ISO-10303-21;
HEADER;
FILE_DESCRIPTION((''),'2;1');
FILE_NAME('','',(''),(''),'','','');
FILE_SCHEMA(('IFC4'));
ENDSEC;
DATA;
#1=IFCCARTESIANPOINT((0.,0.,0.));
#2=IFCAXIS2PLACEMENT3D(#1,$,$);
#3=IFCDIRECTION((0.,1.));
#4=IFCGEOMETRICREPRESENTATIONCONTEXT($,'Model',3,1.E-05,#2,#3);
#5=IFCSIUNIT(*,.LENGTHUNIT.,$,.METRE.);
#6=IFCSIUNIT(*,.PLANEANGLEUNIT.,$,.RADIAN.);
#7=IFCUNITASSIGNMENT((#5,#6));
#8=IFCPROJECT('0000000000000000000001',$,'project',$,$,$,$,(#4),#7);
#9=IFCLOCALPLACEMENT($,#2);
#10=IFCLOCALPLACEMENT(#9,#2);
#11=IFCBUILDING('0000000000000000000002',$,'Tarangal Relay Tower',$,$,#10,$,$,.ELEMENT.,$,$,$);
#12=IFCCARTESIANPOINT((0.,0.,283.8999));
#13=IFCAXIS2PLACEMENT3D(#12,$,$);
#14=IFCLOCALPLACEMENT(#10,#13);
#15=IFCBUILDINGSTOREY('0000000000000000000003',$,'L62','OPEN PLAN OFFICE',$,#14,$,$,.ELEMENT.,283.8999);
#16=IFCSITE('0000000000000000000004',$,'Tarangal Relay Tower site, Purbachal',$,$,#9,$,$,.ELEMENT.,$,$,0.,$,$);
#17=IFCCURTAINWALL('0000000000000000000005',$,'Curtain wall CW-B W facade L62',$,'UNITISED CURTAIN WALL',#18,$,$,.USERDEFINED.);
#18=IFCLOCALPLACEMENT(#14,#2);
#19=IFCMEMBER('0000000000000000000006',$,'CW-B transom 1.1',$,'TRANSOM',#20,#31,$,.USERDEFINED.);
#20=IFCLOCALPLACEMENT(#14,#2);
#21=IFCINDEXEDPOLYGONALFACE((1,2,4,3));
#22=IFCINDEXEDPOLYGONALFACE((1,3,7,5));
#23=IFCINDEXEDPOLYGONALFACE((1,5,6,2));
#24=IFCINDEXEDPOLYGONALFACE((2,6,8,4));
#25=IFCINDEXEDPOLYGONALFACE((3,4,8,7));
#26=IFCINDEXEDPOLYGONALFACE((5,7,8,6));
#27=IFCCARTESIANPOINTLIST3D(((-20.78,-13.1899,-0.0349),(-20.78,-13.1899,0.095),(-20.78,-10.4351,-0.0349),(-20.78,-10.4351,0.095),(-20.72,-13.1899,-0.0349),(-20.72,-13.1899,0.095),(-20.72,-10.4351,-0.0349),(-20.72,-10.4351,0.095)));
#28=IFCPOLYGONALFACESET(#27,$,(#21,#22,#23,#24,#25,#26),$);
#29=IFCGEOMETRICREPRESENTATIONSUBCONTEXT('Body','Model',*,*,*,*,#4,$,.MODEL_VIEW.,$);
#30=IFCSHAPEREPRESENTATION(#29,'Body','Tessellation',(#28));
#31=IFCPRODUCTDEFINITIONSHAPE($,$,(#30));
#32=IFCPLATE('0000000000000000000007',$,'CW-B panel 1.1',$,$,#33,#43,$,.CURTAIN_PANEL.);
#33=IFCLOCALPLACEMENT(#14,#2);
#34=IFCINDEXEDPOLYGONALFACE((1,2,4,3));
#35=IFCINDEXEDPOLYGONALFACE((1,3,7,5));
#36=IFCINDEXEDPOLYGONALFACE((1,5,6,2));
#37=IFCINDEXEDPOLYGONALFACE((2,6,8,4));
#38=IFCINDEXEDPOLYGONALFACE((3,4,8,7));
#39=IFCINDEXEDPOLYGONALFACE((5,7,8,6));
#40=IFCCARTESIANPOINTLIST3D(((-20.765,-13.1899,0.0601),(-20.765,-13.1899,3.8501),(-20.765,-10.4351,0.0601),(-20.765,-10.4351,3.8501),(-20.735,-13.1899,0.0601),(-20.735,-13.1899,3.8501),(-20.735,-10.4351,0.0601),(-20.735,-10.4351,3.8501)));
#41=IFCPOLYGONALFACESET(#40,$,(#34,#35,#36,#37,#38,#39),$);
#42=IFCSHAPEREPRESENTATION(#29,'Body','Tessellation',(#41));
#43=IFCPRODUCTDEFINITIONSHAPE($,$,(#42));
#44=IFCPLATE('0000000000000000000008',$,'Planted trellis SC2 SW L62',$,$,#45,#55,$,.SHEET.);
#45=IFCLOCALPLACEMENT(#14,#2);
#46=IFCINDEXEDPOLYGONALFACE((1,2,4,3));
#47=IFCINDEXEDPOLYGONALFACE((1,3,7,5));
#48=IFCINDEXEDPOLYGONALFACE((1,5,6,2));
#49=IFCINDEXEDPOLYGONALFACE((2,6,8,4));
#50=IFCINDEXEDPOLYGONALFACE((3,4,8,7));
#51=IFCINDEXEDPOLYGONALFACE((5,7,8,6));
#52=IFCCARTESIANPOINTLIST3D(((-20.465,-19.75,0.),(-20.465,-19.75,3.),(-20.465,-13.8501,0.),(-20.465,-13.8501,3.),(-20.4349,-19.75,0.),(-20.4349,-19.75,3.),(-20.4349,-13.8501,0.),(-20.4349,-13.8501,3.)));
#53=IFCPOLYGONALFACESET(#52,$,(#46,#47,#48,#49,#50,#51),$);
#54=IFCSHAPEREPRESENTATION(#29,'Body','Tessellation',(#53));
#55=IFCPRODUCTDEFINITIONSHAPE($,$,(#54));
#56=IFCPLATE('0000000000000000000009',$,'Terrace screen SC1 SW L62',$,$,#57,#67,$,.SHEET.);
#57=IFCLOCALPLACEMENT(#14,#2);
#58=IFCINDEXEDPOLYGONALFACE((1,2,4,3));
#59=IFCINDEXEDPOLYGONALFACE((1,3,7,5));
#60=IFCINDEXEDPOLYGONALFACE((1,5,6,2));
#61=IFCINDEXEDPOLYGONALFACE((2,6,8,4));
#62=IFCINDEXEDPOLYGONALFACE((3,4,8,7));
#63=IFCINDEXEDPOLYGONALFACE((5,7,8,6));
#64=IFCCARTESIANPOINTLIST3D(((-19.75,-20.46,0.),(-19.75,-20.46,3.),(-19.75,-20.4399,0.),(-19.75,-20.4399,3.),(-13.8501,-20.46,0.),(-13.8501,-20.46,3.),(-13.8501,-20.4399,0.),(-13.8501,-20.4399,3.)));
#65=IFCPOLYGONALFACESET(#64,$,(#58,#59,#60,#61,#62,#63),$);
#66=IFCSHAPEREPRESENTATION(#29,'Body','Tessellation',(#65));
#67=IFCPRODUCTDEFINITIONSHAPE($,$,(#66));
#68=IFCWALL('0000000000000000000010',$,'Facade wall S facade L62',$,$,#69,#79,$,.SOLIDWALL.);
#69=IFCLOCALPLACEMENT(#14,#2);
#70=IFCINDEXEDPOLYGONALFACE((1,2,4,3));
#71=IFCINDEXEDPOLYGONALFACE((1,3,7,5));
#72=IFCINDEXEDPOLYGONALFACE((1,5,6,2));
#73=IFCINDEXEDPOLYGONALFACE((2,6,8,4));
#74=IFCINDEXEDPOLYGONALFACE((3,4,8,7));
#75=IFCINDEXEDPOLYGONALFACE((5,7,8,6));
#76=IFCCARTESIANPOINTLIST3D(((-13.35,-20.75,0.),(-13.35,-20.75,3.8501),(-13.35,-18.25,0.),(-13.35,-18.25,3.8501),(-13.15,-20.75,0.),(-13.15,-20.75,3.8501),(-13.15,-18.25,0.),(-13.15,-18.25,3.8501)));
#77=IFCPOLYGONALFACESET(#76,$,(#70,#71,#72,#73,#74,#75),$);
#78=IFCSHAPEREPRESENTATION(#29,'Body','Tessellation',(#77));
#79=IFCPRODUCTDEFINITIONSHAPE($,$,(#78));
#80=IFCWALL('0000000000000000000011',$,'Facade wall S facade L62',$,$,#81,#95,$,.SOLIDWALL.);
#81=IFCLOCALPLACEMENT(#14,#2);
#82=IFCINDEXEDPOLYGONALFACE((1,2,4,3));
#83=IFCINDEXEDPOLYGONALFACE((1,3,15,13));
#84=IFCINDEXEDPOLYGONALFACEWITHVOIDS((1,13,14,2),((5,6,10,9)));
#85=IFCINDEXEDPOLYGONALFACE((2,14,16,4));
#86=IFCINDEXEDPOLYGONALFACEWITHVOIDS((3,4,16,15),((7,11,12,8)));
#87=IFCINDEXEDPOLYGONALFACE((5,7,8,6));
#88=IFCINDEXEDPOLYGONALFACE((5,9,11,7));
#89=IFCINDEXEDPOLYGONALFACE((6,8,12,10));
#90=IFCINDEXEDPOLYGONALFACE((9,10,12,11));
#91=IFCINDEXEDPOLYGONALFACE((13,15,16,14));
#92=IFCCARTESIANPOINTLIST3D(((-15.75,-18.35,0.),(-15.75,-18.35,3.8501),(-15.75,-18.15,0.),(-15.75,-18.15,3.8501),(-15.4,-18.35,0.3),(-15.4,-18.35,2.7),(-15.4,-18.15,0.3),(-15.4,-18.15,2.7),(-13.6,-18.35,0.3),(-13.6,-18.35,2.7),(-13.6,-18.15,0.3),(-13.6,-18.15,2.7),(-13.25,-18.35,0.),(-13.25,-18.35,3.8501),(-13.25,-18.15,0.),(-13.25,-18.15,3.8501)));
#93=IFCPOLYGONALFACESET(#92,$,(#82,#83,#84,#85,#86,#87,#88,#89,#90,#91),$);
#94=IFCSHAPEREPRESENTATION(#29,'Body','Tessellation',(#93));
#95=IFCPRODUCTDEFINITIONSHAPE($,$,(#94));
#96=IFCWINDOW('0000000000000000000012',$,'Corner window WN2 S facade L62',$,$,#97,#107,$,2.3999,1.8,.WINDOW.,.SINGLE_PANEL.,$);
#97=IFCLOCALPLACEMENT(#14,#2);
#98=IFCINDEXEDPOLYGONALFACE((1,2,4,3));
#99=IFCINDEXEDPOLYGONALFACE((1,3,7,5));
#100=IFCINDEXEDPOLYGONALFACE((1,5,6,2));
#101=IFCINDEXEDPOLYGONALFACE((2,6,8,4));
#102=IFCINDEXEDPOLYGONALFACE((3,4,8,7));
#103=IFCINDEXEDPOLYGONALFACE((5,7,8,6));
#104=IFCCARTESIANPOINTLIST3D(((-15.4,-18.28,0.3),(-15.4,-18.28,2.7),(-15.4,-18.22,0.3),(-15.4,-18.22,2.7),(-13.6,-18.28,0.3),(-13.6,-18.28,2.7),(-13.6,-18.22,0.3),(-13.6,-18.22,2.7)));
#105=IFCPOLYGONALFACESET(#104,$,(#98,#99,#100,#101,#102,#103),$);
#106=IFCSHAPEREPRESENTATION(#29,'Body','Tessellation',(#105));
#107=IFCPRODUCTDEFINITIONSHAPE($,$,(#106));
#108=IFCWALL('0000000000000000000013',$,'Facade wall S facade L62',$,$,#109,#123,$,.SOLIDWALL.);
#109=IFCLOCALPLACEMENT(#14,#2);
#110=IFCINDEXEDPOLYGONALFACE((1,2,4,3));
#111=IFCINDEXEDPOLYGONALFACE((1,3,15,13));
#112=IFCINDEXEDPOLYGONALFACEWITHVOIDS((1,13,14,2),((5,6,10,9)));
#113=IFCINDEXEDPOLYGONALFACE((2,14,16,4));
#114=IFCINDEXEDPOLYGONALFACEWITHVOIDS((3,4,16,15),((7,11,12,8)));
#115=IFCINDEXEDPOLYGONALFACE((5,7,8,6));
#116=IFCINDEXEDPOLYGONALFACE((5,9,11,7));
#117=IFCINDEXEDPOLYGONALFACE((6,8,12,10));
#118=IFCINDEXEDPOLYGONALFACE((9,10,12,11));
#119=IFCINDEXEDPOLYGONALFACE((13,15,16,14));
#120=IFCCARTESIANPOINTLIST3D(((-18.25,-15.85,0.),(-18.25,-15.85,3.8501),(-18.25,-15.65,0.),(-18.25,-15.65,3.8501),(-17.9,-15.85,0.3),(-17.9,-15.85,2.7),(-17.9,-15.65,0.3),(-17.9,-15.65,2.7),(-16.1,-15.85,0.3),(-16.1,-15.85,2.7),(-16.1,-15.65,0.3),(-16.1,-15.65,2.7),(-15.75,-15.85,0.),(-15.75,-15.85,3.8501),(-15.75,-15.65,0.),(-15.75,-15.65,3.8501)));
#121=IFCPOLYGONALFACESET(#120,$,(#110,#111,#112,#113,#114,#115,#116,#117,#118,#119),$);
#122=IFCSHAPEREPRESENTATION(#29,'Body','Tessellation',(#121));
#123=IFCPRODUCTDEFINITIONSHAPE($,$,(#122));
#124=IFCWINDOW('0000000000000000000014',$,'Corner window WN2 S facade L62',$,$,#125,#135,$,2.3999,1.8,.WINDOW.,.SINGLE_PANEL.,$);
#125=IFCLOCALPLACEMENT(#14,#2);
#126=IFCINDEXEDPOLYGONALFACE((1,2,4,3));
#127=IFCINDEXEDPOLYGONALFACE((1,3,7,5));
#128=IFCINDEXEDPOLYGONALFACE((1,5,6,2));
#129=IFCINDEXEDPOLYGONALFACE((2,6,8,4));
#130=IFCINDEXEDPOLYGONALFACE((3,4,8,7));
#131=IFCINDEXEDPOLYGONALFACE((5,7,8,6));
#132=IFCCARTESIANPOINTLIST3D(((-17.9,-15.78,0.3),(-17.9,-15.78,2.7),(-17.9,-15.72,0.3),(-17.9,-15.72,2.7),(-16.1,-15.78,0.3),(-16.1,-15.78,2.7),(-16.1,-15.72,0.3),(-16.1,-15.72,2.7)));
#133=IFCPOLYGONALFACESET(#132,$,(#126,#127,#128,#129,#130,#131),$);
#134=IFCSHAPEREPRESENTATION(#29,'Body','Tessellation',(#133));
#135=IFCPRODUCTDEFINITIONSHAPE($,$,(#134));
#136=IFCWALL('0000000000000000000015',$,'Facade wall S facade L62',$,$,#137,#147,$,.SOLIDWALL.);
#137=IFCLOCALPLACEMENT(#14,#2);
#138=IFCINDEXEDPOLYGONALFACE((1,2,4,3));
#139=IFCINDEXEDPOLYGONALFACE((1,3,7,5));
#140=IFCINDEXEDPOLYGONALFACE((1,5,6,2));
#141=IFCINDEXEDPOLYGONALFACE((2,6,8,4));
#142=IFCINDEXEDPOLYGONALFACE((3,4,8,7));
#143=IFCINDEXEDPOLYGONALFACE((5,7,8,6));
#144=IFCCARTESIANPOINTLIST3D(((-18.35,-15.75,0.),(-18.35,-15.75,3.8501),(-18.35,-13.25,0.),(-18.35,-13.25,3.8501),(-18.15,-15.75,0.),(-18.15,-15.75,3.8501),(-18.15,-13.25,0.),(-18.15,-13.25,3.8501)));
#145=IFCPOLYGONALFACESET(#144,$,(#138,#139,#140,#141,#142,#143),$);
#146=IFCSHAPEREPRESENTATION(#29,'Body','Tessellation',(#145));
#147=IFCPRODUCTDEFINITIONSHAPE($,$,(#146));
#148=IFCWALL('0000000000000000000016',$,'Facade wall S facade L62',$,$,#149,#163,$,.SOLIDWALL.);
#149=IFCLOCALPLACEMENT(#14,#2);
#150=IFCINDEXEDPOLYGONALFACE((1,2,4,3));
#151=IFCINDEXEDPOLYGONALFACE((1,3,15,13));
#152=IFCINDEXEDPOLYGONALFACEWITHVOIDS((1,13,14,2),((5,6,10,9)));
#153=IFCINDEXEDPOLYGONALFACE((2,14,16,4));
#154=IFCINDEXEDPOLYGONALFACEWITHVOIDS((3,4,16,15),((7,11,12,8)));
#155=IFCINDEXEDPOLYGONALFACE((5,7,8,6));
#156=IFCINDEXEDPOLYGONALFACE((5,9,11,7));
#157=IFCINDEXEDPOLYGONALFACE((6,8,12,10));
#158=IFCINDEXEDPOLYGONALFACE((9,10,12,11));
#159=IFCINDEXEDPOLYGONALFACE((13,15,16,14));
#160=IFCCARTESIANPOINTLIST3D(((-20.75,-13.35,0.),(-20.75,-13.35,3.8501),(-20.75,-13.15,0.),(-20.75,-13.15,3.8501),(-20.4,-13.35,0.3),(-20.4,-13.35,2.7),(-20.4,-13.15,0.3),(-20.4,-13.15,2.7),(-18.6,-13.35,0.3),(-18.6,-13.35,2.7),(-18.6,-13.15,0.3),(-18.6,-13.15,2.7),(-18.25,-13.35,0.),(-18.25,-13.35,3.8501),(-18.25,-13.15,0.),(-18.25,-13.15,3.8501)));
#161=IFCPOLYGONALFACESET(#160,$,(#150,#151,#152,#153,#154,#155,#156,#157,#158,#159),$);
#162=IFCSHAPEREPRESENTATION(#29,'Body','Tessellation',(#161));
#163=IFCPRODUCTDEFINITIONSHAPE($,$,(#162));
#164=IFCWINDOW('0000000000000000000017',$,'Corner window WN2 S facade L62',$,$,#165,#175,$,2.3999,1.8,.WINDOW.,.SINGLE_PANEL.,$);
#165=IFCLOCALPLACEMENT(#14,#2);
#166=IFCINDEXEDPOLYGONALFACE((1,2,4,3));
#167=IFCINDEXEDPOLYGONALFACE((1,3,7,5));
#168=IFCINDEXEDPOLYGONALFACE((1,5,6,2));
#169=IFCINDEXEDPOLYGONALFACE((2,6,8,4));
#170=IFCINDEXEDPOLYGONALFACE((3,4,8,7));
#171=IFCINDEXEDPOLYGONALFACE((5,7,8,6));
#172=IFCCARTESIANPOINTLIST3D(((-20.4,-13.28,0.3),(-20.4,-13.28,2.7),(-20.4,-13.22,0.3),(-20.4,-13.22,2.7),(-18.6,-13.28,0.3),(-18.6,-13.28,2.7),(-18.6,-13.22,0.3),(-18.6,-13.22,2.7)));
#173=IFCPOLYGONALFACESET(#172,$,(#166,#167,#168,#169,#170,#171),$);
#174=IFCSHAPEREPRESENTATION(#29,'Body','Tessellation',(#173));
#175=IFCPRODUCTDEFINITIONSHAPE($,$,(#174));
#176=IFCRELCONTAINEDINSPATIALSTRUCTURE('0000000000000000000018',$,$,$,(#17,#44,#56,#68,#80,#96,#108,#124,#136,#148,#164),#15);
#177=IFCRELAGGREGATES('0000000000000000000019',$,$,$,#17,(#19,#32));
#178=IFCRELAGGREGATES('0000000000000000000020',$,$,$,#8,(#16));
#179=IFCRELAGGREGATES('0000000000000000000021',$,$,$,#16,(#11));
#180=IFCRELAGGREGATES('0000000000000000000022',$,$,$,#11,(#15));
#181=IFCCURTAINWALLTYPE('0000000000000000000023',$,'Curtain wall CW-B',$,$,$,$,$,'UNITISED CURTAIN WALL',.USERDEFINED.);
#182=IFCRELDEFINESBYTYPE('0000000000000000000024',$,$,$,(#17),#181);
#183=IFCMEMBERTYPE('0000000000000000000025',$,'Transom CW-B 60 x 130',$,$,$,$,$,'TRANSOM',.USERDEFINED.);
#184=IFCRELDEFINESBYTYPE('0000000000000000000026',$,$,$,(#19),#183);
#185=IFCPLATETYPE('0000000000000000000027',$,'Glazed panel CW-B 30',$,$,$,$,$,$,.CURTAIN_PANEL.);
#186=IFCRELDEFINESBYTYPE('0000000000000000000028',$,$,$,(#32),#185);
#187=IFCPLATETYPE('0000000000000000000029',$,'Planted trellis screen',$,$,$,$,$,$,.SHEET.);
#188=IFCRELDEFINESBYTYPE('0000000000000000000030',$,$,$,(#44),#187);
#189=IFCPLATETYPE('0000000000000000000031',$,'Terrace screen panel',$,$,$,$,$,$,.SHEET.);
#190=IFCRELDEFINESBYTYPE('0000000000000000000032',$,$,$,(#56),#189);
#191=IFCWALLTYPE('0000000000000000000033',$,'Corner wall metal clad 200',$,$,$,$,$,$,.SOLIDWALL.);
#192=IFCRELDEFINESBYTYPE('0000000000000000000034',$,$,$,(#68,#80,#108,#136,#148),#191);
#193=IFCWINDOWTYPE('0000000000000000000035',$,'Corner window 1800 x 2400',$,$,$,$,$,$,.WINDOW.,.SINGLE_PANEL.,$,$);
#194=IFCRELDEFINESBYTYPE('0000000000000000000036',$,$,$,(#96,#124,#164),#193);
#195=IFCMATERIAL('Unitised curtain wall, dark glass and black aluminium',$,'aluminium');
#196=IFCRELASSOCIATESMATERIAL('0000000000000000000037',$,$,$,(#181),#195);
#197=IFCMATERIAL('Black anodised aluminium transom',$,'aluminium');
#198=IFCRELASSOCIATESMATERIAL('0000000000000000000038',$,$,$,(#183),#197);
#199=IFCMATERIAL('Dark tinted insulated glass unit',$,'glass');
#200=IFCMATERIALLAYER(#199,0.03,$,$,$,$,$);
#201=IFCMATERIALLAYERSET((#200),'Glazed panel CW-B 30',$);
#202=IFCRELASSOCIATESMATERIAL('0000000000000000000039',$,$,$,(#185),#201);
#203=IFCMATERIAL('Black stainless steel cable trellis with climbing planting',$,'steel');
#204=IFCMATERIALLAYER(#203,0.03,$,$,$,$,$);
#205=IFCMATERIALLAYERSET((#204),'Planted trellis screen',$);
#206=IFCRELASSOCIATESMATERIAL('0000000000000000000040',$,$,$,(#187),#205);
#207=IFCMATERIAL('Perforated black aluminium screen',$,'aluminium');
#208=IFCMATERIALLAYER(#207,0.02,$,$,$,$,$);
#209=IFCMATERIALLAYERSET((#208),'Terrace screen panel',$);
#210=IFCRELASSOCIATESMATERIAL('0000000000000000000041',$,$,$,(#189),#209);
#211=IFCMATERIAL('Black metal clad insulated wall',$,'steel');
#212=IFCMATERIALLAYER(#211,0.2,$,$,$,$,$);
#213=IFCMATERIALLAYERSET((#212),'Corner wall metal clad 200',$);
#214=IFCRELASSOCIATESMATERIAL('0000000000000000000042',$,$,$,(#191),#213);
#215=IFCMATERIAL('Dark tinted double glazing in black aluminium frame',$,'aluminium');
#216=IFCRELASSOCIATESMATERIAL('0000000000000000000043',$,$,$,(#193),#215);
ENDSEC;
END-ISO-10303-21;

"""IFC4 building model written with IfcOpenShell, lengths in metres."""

from ifc_helpers import new_model, si_unit, direction, frame, frame_2d, origin, origin_2d, place, context, subcontext, project, spatial, rectangle, extrude, material, layer, layer_set, material_profile, profile_set, type_object, element, fill, aggregate, save


model = new_model("IFC4")

# Units and contexts
model_context = context("Model", 3, precision=1e-05, world=origin(), true_north=direction((0.0, 1.0)))
body_context = subcontext(model_context, "Body", "Model", "MODEL_VIEW")
ifc_project = project(units=[si_unit("LENGTHUNIT", "METRE"), si_unit("PLANEANGLEUNIT", "RADIAN")], contexts=[model_context])

# Site, building, storey
site_placement = place(None, origin())
site = spatial("IfcSite", under=ifc_project, at=site_placement, Name="Tarangal Relay Tower site, Purbachal", CompositionType="ELEMENT", RefElevation=0.0)
building_placement = place(site_placement, origin())
building = spatial("IfcBuilding", under=site, at=building_placement, Name="Tarangal Relay Tower", CompositionType="ELEMENT")
storey_placement = place(building_placement, frame((0.0, 0.0, 283.8999)))
storey = spatial("IfcBuildingStorey", under=building, at=storey_placement, Name="L62", Description="OPEN PLAN OFFICE", CompositionType="ELEMENT", Elevation=283.8999)

# Shared definitions
ifc_material_1 = material(Name="Unitised curtain wall, dark glass and black aluminium", Category="aluminium")
curtain_wall_type_1 = type_object("IfcCurtainWallType", Name="Curtain wall CW-B", ElementType="UNITISED CURTAIN WALL", PredefinedType="USERDEFINED", material=ifc_material_1)

# Curtain wall
curtain_wall_1_placement = place(storey_placement, origin())
curtain_wall_1 = element("IfcCurtainWall", 1, at=curtain_wall_1_placement, inside=storey, type_object=curtain_wall_type_1, Name="Curtain wall CW-B W facade L62", ObjectType="UNITISED CURTAIN WALL", PredefinedType="USERDEFINED")

# Member
ifc_material_2 = material(Name="Black anodised aluminium transom", Category="aluminium")
ifc_material_profile_1 = material_profile(ifc_material_2, rectangle(XDim=0.0601, YDim=0.1299, at=origin_2d()), Name="CW-BT 60X130")
ifc_profile_set_1 = profile_set([ifc_material_profile_1], Name="Black anodised aluminium transom")
member_type_1 = type_object("IfcMemberType", Name="Transom CW-B 60 x 130", ElementType="TRANSOM", PredefinedType="USERDEFINED", material=ifc_profile_set_1)
member_1_placement = place(storey_placement, frame((-20.75, -13.1899, 0.03), z_axis=(0.0, 1.0, 0.0), x_axis=(-1.0, 0.0, 0.0)))
member_1 = element("IfcMember", 2, at=member_1_placement, type_object=member_type_1, Name="CW-B transom 1.1", ObjectType="TRANSOM", PredefinedType="USERDEFINED", context=body_context, shape_type="SweptSolid", body=[
    extrude(rectangle(XDim=0.0601, YDim=0.1299, at=origin_2d()), origin(), (0.0, 0.0, 1.0), 2.7549),
])

# Plate
ifc_material_3 = material(Name="Dark tinted insulated glass unit", Category="glass")
ifc_layer_1 = layer(ifc_material_3, 0.03)
ifc_layer_set_1 = layer_set([ifc_layer_1], Name="Glazed panel CW-B 30")
plate_type_1 = type_object("IfcPlateType", Name="Glazed panel CW-B 30", PredefinedType="CURTAIN_PANEL", material=ifc_layer_set_1)
plate_1_placement = place(storey_placement, frame((-20.75, -11.8125, 0.0601), z_axis=(0.0, 0.0, 1.0), x_axis=(0.0, 1.0, 0.0)))
plate_1 = element("IfcPlate", 3, at=plate_1_placement, type_object=plate_type_1, Name="CW-B panel 1.1", PredefinedType="CURTAIN_PANEL", context=body_context, shape_type="SweptSolid", body=[
    extrude(rectangle(XDim=2.7549, YDim=0.03, at=origin_2d()), origin(), (0.0, 0.0, 1.0), 3.79),
])
aggregate(curtain_wall_1, [member_1, plate_1])

# Plates
ifc_material_4 = material(Name="Black stainless steel cable trellis with climbing planting", Category="steel")
ifc_layer_2 = layer(ifc_material_4, 0.03)
ifc_layer_set_2 = layer_set([ifc_layer_2], Name="Planted trellis screen")
plate_type_2 = type_object("IfcPlateType", Name="Planted trellis screen", PredefinedType="SHEET", material=ifc_layer_set_2)
plate_2_placement = place(storey_placement, frame((-20.45, -16.8, 0.0), z_axis=(0.0, 0.0, 1.0), x_axis=(0.0, 1.0, 0.0)))
element("IfcPlate", 4, at=plate_2_placement, inside=storey, type_object=plate_type_2, Name="Planted trellis SC2 SW L62", PredefinedType="SHEET", context=body_context, shape_type="SweptSolid", body=[
    extrude(rectangle(XDim=5.8999, YDim=0.03, at=origin_2d()), origin(), (0.0, 0.0, 1.0), 3.0),
])
ifc_material_5 = material(Name="Perforated black aluminium screen", Category="aluminium")
ifc_layer_3 = layer(ifc_material_5, 0.02)
ifc_layer_set_3 = layer_set([ifc_layer_3], Name="Terrace screen panel")
plate_type_3 = type_object("IfcPlateType", Name="Terrace screen panel", PredefinedType="SHEET", material=ifc_layer_set_3)
plate_3_placement = place(storey_placement, frame((-16.8, -20.45, 0.0), z_axis=(0.0, 0.0, 1.0), x_axis=(-1.0, 0.0, 0.0)))
element("IfcPlate", 5, at=plate_3_placement, inside=storey, type_object=plate_type_3, Name="Terrace screen SC1 SW L62", PredefinedType="SHEET", context=body_context, shape_type="SweptSolid", body=[
    extrude(rectangle(XDim=5.8999, YDim=0.02, at=origin_2d()), origin(), (0.0, 0.0, 1.0), 3.0),
])

# Wall
ifc_material_6 = material(Name="Black metal clad insulated wall", Category="steel")
ifc_layer_4 = layer(ifc_material_6, 0.2)
ifc_layer_set_4 = layer_set([ifc_layer_4], Name="Corner wall metal clad 200")
wall_type_1 = type_object("IfcWallType", Name="Corner wall metal clad 200", PredefinedType="SOLIDWALL", material=ifc_layer_set_4)
wall_1_placement = place(storey_placement, frame((-13.25, -20.75, 0.0), z_axis=(0.0, 0.0, 1.0), x_axis=(0.0, 1.0, 0.0)))
element("IfcWall", 6, at=wall_1_placement, inside=storey, type_object=wall_type_1, Name="Facade wall S facade L62", PredefinedType="SOLIDWALL", context=body_context, shape_type="SweptSolid", body=[
    extrude(rectangle(XDim=2.5, YDim=0.2, at=frame_2d((1.25, 0.0))), origin(), (0.0, 0.0, 1.0), 3.8501),
])

# Wall, opening, window
wall_2_placement = place(storey_placement, frame((-13.25, -18.25, 0.0), z_axis=(0.0, 0.0, 1.0), x_axis=(-1.0, 0.0, 0.0)))
wall_2 = element("IfcWall", 7, at=wall_2_placement, inside=storey, type_object=wall_type_1, Name="Facade wall S facade L62", PredefinedType="SOLIDWALL", context=body_context, shape_type="SweptSolid", body=[
    extrude(rectangle(XDim=2.5, YDim=0.2, at=frame_2d((1.25, 0.0))), origin(), (0.0, 0.0, 1.0), 3.8501),
])
opening_1_placement = place(wall_2_placement, frame((0.3501, 0.0, 0.3)))
opening_1 = element("IfcOpeningElement", 8, at=opening_1_placement, cuts=wall_2, PredefinedType="OPENING", context=body_context, shape_type="SweptSolid", body=[
    extrude(rectangle(XDim=1.8, YDim=2.3999, at=frame_2d((0.8999, 1.2))), frame((0.0, 0.1099, 0.0), z_axis=(0.0, -1.0, 0.0), x_axis=(1.0, 0.0, 0.0)), (0.0, 0.0, 1.0), 0.22),
])
ifc_material_7 = material(Name="Dark tinted double glazing in black aluminium frame", Category="aluminium")
window_type = type_object("IfcWindowType", Name="Corner window 1800 x 2400", PartitioningType="SINGLE_PANEL", PredefinedType="WINDOW", material=ifc_material_7)
window_1_placement = place(opening_1_placement, origin())
window_1 = element("IfcWindow", 9, at=window_1_placement, inside=storey, type_object=window_type, Name="Corner window WN2 S facade L62", OverallHeight=2.3999, OverallWidth=1.8, PartitioningType="SINGLE_PANEL", PredefinedType="WINDOW", context=body_context, shape_type="SweptSolid", body=[
    extrude(rectangle(XDim=1.8, YDim=2.3999, at=frame_2d((0.8999, 1.2))), frame((0.0, 0.03, 0.0), z_axis=(0.0, -1.0, 0.0), x_axis=(1.0, 0.0, 0.0)), (0.0, 0.0, 1.0), 0.0601),
])
fill(opening_1, window_1)

# Wall, opening, window
wall_3_placement = place(storey_placement, frame((-15.75, -15.75, 0.0), z_axis=(0.0, 0.0, 1.0), x_axis=(-1.0, 0.0, 0.0)))
wall_3 = element("IfcWall", 10, at=wall_3_placement, inside=storey, type_object=wall_type_1, Name="Facade wall S facade L62", PredefinedType="SOLIDWALL", context=body_context, shape_type="SweptSolid", body=[
    extrude(rectangle(XDim=2.5, YDim=0.2, at=frame_2d((1.25, 0.0))), origin(), (0.0, 0.0, 1.0), 3.8501),
])
opening_2_placement = place(wall_3_placement, frame((0.3501, 0.0, 0.3)))
opening_2 = element("IfcOpeningElement", 11, at=opening_2_placement, cuts=wall_3, PredefinedType="OPENING", context=body_context, shape_type="SweptSolid", body=[
    extrude(rectangle(XDim=1.8, YDim=2.3999, at=frame_2d((0.8999, 1.2))), frame((0.0, 0.1099, 0.0), z_axis=(0.0, -1.0, 0.0), x_axis=(1.0, 0.0, 0.0)), (0.0, 0.0, 1.0), 0.22),
])
window_2_placement = place(opening_2_placement, origin())
window_2 = element("IfcWindow", 12, at=window_2_placement, inside=storey, type_object=window_type, Name="Corner window WN2 S facade L62", OverallHeight=2.3999, OverallWidth=1.8, PartitioningType="SINGLE_PANEL", PredefinedType="WINDOW", context=body_context, shape_type="SweptSolid", body=[
    extrude(rectangle(XDim=1.8, YDim=2.3999, at=frame_2d((0.8999, 1.2))), frame((0.0, 0.03, 0.0), z_axis=(0.0, -1.0, 0.0), x_axis=(1.0, 0.0, 0.0)), (0.0, 0.0, 1.0), 0.0601),
])
fill(opening_2, window_2)

# Wall
wall_4_placement = place(storey_placement, frame((-18.25, -15.75, 0.0), z_axis=(0.0, 0.0, 1.0), x_axis=(0.0, 1.0, 0.0)))
element("IfcWall", 13, at=wall_4_placement, inside=storey, type_object=wall_type_1, Name="Facade wall S facade L62", PredefinedType="SOLIDWALL", context=body_context, shape_type="SweptSolid", body=[
    extrude(rectangle(XDim=2.5, YDim=0.2, at=frame_2d((1.25, 0.0))), origin(), (0.0, 0.0, 1.0), 3.8501),
])

# Wall, opening, window
wall_5_placement = place(storey_placement, frame((-18.25, -13.25, 0.0), z_axis=(0.0, 0.0, 1.0), x_axis=(-1.0, 0.0, 0.0)))
wall_5 = element("IfcWall", 14, at=wall_5_placement, inside=storey, type_object=wall_type_1, Name="Facade wall S facade L62", PredefinedType="SOLIDWALL", context=body_context, shape_type="SweptSolid", body=[
    extrude(rectangle(XDim=2.5, YDim=0.2, at=frame_2d((1.25, 0.0))), origin(), (0.0, 0.0, 1.0), 3.8501),
])
opening_3_placement = place(wall_5_placement, frame((0.3501, 0.0, 0.3)))
opening_3 = element("IfcOpeningElement", 15, at=opening_3_placement, cuts=wall_5, PredefinedType="OPENING", context=body_context, shape_type="SweptSolid", body=[
    extrude(rectangle(XDim=1.8, YDim=2.3999, at=frame_2d((0.8999, 1.2))), frame((0.0, 0.1099, 0.0), z_axis=(0.0, -1.0, 0.0), x_axis=(1.0, 0.0, 0.0)), (0.0, 0.0, 1.0), 0.22),
])
window_3_placement = place(opening_3_placement, origin())
window_3 = element("IfcWindow", 16, at=window_3_placement, inside=storey, type_object=window_type, Name="Corner window WN2 S facade L62", OverallHeight=2.3999, OverallWidth=1.8, PartitioningType="SINGLE_PANEL", PredefinedType="WINDOW", context=body_context, shape_type="SweptSolid", body=[
    extrude(rectangle(XDim=1.8, YDim=2.3999, at=frame_2d((0.8999, 1.2))), frame((0.0, 0.03, 0.0), z_axis=(0.0, -1.0, 0.0), x_axis=(1.0, 0.0, 0.0)), (0.0, 0.0, 1.0), 0.0601),
])
fill(opening_3, window_3)

save(model, "model.ifc")
